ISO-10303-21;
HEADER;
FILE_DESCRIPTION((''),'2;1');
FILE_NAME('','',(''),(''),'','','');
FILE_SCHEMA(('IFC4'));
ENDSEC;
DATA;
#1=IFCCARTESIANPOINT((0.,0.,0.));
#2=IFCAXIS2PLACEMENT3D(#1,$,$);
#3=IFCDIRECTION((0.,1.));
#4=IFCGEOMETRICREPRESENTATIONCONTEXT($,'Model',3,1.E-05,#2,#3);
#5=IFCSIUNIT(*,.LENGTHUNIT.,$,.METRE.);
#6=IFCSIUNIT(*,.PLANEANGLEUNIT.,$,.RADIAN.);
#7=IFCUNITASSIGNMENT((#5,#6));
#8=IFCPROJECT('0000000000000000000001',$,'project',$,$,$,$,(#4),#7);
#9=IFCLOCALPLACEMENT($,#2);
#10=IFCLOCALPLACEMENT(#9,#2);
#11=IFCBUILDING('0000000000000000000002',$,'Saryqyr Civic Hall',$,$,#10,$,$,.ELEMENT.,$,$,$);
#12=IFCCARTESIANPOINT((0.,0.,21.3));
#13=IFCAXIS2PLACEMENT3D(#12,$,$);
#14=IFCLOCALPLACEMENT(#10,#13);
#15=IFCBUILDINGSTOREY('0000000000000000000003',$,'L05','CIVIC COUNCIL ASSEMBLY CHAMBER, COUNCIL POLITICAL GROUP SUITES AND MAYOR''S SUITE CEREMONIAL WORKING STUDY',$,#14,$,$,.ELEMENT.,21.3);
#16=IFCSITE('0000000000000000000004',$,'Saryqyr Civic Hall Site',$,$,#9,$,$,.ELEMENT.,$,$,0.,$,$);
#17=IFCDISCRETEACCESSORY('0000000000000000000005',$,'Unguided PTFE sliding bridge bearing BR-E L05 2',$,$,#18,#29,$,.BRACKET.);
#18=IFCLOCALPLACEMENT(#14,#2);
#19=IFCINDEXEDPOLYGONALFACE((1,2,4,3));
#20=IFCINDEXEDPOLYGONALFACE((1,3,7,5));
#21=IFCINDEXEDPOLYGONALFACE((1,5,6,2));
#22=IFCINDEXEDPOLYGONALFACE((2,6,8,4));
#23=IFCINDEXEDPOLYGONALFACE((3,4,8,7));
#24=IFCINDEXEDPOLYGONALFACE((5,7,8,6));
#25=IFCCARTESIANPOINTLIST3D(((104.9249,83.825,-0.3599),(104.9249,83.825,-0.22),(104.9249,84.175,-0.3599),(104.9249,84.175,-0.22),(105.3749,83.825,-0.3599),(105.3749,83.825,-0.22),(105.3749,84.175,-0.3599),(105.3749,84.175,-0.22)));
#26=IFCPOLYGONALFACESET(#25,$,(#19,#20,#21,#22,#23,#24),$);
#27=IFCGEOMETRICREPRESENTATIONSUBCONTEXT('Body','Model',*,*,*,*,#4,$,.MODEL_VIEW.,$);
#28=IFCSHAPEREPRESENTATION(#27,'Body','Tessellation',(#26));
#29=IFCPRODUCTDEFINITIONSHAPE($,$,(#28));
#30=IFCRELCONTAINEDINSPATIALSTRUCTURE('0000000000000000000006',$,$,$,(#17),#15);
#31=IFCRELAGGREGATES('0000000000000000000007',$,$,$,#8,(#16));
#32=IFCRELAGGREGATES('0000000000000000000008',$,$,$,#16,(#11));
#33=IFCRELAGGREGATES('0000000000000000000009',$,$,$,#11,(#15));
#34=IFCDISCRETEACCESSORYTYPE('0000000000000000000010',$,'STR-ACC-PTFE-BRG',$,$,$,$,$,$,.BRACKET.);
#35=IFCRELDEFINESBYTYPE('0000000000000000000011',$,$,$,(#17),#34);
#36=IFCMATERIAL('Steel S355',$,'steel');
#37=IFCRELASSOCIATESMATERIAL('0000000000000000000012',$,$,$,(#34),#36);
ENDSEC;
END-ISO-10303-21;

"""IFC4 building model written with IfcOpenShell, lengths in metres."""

from ifc_helpers import new_model, si_unit, direction, frame, origin, origin_2d, place, context, subcontext, project, spatial, rectangle, extrude, material, type_object, element, save


model = new_model("IFC4")

# Units and contexts
model_context = context("Model", 3, precision=1e-05, world=origin(), true_north=direction((0.0, 1.0)))
body_context = subcontext(model_context, "Body", "Model", "MODEL_VIEW")
ifc_project = project(units=[si_unit("LENGTHUNIT", "METRE"), si_unit("PLANEANGLEUNIT", "RADIAN")], contexts=[model_context])

# Site, building, storey
site_placement = place(None, origin())
site = spatial("IfcSite", under=ifc_project, at=site_placement, Name="Saryqyr Civic Hall Site", CompositionType="ELEMENT", RefElevation=0.0)
building_placement = place(site_placement, origin())
building = spatial("IfcBuilding", under=site, at=building_placement, Name="Saryqyr Civic Hall", CompositionType="ELEMENT")
storey_placement = place(building_placement, frame((0.0, 0.0, 21.3)))
storey = spatial("IfcBuildingStorey", under=building, at=storey_placement, Name="L05", Description="CIVIC COUNCIL ASSEMBLY CHAMBER, COUNCIL POLITICAL GROUP SUITES AND MAYOR'S SUITE CEREMONIAL WORKING STUDY", CompositionType="ELEMENT", Elevation=21.3)

# Shared definitions
ifc_material_1 = material(Name="Steel S355", Category="steel")

# Discrete accessory
discrete_accessory_type = type_object("IfcDiscreteAccessoryType", Name="STR-ACC-PTFE-BRG", PredefinedType="BRACKET", material=ifc_material_1)
discrete_accessory_placement = place(storey_placement, frame((105.1499, 84.0, -0.3599), z_axis=(0.0, 0.0, 1.0), x_axis=(1.0, 0.0, 0.0)))
element("IfcDiscreteAccessory", 1, at=discrete_accessory_placement, inside=storey, type_object=discrete_accessory_type, Name="Unguided PTFE sliding bridge bearing BR-E L05 2", PredefinedType="BRACKET", context=body_context, shape_type="SweptSolid", body=[
    extrude(rectangle(XDim=0.45, YDim=0.3501, at=origin_2d()), origin(), (0.0, 0.0, 1.0), 0.1399),
])

save(model, "model.ifc")
